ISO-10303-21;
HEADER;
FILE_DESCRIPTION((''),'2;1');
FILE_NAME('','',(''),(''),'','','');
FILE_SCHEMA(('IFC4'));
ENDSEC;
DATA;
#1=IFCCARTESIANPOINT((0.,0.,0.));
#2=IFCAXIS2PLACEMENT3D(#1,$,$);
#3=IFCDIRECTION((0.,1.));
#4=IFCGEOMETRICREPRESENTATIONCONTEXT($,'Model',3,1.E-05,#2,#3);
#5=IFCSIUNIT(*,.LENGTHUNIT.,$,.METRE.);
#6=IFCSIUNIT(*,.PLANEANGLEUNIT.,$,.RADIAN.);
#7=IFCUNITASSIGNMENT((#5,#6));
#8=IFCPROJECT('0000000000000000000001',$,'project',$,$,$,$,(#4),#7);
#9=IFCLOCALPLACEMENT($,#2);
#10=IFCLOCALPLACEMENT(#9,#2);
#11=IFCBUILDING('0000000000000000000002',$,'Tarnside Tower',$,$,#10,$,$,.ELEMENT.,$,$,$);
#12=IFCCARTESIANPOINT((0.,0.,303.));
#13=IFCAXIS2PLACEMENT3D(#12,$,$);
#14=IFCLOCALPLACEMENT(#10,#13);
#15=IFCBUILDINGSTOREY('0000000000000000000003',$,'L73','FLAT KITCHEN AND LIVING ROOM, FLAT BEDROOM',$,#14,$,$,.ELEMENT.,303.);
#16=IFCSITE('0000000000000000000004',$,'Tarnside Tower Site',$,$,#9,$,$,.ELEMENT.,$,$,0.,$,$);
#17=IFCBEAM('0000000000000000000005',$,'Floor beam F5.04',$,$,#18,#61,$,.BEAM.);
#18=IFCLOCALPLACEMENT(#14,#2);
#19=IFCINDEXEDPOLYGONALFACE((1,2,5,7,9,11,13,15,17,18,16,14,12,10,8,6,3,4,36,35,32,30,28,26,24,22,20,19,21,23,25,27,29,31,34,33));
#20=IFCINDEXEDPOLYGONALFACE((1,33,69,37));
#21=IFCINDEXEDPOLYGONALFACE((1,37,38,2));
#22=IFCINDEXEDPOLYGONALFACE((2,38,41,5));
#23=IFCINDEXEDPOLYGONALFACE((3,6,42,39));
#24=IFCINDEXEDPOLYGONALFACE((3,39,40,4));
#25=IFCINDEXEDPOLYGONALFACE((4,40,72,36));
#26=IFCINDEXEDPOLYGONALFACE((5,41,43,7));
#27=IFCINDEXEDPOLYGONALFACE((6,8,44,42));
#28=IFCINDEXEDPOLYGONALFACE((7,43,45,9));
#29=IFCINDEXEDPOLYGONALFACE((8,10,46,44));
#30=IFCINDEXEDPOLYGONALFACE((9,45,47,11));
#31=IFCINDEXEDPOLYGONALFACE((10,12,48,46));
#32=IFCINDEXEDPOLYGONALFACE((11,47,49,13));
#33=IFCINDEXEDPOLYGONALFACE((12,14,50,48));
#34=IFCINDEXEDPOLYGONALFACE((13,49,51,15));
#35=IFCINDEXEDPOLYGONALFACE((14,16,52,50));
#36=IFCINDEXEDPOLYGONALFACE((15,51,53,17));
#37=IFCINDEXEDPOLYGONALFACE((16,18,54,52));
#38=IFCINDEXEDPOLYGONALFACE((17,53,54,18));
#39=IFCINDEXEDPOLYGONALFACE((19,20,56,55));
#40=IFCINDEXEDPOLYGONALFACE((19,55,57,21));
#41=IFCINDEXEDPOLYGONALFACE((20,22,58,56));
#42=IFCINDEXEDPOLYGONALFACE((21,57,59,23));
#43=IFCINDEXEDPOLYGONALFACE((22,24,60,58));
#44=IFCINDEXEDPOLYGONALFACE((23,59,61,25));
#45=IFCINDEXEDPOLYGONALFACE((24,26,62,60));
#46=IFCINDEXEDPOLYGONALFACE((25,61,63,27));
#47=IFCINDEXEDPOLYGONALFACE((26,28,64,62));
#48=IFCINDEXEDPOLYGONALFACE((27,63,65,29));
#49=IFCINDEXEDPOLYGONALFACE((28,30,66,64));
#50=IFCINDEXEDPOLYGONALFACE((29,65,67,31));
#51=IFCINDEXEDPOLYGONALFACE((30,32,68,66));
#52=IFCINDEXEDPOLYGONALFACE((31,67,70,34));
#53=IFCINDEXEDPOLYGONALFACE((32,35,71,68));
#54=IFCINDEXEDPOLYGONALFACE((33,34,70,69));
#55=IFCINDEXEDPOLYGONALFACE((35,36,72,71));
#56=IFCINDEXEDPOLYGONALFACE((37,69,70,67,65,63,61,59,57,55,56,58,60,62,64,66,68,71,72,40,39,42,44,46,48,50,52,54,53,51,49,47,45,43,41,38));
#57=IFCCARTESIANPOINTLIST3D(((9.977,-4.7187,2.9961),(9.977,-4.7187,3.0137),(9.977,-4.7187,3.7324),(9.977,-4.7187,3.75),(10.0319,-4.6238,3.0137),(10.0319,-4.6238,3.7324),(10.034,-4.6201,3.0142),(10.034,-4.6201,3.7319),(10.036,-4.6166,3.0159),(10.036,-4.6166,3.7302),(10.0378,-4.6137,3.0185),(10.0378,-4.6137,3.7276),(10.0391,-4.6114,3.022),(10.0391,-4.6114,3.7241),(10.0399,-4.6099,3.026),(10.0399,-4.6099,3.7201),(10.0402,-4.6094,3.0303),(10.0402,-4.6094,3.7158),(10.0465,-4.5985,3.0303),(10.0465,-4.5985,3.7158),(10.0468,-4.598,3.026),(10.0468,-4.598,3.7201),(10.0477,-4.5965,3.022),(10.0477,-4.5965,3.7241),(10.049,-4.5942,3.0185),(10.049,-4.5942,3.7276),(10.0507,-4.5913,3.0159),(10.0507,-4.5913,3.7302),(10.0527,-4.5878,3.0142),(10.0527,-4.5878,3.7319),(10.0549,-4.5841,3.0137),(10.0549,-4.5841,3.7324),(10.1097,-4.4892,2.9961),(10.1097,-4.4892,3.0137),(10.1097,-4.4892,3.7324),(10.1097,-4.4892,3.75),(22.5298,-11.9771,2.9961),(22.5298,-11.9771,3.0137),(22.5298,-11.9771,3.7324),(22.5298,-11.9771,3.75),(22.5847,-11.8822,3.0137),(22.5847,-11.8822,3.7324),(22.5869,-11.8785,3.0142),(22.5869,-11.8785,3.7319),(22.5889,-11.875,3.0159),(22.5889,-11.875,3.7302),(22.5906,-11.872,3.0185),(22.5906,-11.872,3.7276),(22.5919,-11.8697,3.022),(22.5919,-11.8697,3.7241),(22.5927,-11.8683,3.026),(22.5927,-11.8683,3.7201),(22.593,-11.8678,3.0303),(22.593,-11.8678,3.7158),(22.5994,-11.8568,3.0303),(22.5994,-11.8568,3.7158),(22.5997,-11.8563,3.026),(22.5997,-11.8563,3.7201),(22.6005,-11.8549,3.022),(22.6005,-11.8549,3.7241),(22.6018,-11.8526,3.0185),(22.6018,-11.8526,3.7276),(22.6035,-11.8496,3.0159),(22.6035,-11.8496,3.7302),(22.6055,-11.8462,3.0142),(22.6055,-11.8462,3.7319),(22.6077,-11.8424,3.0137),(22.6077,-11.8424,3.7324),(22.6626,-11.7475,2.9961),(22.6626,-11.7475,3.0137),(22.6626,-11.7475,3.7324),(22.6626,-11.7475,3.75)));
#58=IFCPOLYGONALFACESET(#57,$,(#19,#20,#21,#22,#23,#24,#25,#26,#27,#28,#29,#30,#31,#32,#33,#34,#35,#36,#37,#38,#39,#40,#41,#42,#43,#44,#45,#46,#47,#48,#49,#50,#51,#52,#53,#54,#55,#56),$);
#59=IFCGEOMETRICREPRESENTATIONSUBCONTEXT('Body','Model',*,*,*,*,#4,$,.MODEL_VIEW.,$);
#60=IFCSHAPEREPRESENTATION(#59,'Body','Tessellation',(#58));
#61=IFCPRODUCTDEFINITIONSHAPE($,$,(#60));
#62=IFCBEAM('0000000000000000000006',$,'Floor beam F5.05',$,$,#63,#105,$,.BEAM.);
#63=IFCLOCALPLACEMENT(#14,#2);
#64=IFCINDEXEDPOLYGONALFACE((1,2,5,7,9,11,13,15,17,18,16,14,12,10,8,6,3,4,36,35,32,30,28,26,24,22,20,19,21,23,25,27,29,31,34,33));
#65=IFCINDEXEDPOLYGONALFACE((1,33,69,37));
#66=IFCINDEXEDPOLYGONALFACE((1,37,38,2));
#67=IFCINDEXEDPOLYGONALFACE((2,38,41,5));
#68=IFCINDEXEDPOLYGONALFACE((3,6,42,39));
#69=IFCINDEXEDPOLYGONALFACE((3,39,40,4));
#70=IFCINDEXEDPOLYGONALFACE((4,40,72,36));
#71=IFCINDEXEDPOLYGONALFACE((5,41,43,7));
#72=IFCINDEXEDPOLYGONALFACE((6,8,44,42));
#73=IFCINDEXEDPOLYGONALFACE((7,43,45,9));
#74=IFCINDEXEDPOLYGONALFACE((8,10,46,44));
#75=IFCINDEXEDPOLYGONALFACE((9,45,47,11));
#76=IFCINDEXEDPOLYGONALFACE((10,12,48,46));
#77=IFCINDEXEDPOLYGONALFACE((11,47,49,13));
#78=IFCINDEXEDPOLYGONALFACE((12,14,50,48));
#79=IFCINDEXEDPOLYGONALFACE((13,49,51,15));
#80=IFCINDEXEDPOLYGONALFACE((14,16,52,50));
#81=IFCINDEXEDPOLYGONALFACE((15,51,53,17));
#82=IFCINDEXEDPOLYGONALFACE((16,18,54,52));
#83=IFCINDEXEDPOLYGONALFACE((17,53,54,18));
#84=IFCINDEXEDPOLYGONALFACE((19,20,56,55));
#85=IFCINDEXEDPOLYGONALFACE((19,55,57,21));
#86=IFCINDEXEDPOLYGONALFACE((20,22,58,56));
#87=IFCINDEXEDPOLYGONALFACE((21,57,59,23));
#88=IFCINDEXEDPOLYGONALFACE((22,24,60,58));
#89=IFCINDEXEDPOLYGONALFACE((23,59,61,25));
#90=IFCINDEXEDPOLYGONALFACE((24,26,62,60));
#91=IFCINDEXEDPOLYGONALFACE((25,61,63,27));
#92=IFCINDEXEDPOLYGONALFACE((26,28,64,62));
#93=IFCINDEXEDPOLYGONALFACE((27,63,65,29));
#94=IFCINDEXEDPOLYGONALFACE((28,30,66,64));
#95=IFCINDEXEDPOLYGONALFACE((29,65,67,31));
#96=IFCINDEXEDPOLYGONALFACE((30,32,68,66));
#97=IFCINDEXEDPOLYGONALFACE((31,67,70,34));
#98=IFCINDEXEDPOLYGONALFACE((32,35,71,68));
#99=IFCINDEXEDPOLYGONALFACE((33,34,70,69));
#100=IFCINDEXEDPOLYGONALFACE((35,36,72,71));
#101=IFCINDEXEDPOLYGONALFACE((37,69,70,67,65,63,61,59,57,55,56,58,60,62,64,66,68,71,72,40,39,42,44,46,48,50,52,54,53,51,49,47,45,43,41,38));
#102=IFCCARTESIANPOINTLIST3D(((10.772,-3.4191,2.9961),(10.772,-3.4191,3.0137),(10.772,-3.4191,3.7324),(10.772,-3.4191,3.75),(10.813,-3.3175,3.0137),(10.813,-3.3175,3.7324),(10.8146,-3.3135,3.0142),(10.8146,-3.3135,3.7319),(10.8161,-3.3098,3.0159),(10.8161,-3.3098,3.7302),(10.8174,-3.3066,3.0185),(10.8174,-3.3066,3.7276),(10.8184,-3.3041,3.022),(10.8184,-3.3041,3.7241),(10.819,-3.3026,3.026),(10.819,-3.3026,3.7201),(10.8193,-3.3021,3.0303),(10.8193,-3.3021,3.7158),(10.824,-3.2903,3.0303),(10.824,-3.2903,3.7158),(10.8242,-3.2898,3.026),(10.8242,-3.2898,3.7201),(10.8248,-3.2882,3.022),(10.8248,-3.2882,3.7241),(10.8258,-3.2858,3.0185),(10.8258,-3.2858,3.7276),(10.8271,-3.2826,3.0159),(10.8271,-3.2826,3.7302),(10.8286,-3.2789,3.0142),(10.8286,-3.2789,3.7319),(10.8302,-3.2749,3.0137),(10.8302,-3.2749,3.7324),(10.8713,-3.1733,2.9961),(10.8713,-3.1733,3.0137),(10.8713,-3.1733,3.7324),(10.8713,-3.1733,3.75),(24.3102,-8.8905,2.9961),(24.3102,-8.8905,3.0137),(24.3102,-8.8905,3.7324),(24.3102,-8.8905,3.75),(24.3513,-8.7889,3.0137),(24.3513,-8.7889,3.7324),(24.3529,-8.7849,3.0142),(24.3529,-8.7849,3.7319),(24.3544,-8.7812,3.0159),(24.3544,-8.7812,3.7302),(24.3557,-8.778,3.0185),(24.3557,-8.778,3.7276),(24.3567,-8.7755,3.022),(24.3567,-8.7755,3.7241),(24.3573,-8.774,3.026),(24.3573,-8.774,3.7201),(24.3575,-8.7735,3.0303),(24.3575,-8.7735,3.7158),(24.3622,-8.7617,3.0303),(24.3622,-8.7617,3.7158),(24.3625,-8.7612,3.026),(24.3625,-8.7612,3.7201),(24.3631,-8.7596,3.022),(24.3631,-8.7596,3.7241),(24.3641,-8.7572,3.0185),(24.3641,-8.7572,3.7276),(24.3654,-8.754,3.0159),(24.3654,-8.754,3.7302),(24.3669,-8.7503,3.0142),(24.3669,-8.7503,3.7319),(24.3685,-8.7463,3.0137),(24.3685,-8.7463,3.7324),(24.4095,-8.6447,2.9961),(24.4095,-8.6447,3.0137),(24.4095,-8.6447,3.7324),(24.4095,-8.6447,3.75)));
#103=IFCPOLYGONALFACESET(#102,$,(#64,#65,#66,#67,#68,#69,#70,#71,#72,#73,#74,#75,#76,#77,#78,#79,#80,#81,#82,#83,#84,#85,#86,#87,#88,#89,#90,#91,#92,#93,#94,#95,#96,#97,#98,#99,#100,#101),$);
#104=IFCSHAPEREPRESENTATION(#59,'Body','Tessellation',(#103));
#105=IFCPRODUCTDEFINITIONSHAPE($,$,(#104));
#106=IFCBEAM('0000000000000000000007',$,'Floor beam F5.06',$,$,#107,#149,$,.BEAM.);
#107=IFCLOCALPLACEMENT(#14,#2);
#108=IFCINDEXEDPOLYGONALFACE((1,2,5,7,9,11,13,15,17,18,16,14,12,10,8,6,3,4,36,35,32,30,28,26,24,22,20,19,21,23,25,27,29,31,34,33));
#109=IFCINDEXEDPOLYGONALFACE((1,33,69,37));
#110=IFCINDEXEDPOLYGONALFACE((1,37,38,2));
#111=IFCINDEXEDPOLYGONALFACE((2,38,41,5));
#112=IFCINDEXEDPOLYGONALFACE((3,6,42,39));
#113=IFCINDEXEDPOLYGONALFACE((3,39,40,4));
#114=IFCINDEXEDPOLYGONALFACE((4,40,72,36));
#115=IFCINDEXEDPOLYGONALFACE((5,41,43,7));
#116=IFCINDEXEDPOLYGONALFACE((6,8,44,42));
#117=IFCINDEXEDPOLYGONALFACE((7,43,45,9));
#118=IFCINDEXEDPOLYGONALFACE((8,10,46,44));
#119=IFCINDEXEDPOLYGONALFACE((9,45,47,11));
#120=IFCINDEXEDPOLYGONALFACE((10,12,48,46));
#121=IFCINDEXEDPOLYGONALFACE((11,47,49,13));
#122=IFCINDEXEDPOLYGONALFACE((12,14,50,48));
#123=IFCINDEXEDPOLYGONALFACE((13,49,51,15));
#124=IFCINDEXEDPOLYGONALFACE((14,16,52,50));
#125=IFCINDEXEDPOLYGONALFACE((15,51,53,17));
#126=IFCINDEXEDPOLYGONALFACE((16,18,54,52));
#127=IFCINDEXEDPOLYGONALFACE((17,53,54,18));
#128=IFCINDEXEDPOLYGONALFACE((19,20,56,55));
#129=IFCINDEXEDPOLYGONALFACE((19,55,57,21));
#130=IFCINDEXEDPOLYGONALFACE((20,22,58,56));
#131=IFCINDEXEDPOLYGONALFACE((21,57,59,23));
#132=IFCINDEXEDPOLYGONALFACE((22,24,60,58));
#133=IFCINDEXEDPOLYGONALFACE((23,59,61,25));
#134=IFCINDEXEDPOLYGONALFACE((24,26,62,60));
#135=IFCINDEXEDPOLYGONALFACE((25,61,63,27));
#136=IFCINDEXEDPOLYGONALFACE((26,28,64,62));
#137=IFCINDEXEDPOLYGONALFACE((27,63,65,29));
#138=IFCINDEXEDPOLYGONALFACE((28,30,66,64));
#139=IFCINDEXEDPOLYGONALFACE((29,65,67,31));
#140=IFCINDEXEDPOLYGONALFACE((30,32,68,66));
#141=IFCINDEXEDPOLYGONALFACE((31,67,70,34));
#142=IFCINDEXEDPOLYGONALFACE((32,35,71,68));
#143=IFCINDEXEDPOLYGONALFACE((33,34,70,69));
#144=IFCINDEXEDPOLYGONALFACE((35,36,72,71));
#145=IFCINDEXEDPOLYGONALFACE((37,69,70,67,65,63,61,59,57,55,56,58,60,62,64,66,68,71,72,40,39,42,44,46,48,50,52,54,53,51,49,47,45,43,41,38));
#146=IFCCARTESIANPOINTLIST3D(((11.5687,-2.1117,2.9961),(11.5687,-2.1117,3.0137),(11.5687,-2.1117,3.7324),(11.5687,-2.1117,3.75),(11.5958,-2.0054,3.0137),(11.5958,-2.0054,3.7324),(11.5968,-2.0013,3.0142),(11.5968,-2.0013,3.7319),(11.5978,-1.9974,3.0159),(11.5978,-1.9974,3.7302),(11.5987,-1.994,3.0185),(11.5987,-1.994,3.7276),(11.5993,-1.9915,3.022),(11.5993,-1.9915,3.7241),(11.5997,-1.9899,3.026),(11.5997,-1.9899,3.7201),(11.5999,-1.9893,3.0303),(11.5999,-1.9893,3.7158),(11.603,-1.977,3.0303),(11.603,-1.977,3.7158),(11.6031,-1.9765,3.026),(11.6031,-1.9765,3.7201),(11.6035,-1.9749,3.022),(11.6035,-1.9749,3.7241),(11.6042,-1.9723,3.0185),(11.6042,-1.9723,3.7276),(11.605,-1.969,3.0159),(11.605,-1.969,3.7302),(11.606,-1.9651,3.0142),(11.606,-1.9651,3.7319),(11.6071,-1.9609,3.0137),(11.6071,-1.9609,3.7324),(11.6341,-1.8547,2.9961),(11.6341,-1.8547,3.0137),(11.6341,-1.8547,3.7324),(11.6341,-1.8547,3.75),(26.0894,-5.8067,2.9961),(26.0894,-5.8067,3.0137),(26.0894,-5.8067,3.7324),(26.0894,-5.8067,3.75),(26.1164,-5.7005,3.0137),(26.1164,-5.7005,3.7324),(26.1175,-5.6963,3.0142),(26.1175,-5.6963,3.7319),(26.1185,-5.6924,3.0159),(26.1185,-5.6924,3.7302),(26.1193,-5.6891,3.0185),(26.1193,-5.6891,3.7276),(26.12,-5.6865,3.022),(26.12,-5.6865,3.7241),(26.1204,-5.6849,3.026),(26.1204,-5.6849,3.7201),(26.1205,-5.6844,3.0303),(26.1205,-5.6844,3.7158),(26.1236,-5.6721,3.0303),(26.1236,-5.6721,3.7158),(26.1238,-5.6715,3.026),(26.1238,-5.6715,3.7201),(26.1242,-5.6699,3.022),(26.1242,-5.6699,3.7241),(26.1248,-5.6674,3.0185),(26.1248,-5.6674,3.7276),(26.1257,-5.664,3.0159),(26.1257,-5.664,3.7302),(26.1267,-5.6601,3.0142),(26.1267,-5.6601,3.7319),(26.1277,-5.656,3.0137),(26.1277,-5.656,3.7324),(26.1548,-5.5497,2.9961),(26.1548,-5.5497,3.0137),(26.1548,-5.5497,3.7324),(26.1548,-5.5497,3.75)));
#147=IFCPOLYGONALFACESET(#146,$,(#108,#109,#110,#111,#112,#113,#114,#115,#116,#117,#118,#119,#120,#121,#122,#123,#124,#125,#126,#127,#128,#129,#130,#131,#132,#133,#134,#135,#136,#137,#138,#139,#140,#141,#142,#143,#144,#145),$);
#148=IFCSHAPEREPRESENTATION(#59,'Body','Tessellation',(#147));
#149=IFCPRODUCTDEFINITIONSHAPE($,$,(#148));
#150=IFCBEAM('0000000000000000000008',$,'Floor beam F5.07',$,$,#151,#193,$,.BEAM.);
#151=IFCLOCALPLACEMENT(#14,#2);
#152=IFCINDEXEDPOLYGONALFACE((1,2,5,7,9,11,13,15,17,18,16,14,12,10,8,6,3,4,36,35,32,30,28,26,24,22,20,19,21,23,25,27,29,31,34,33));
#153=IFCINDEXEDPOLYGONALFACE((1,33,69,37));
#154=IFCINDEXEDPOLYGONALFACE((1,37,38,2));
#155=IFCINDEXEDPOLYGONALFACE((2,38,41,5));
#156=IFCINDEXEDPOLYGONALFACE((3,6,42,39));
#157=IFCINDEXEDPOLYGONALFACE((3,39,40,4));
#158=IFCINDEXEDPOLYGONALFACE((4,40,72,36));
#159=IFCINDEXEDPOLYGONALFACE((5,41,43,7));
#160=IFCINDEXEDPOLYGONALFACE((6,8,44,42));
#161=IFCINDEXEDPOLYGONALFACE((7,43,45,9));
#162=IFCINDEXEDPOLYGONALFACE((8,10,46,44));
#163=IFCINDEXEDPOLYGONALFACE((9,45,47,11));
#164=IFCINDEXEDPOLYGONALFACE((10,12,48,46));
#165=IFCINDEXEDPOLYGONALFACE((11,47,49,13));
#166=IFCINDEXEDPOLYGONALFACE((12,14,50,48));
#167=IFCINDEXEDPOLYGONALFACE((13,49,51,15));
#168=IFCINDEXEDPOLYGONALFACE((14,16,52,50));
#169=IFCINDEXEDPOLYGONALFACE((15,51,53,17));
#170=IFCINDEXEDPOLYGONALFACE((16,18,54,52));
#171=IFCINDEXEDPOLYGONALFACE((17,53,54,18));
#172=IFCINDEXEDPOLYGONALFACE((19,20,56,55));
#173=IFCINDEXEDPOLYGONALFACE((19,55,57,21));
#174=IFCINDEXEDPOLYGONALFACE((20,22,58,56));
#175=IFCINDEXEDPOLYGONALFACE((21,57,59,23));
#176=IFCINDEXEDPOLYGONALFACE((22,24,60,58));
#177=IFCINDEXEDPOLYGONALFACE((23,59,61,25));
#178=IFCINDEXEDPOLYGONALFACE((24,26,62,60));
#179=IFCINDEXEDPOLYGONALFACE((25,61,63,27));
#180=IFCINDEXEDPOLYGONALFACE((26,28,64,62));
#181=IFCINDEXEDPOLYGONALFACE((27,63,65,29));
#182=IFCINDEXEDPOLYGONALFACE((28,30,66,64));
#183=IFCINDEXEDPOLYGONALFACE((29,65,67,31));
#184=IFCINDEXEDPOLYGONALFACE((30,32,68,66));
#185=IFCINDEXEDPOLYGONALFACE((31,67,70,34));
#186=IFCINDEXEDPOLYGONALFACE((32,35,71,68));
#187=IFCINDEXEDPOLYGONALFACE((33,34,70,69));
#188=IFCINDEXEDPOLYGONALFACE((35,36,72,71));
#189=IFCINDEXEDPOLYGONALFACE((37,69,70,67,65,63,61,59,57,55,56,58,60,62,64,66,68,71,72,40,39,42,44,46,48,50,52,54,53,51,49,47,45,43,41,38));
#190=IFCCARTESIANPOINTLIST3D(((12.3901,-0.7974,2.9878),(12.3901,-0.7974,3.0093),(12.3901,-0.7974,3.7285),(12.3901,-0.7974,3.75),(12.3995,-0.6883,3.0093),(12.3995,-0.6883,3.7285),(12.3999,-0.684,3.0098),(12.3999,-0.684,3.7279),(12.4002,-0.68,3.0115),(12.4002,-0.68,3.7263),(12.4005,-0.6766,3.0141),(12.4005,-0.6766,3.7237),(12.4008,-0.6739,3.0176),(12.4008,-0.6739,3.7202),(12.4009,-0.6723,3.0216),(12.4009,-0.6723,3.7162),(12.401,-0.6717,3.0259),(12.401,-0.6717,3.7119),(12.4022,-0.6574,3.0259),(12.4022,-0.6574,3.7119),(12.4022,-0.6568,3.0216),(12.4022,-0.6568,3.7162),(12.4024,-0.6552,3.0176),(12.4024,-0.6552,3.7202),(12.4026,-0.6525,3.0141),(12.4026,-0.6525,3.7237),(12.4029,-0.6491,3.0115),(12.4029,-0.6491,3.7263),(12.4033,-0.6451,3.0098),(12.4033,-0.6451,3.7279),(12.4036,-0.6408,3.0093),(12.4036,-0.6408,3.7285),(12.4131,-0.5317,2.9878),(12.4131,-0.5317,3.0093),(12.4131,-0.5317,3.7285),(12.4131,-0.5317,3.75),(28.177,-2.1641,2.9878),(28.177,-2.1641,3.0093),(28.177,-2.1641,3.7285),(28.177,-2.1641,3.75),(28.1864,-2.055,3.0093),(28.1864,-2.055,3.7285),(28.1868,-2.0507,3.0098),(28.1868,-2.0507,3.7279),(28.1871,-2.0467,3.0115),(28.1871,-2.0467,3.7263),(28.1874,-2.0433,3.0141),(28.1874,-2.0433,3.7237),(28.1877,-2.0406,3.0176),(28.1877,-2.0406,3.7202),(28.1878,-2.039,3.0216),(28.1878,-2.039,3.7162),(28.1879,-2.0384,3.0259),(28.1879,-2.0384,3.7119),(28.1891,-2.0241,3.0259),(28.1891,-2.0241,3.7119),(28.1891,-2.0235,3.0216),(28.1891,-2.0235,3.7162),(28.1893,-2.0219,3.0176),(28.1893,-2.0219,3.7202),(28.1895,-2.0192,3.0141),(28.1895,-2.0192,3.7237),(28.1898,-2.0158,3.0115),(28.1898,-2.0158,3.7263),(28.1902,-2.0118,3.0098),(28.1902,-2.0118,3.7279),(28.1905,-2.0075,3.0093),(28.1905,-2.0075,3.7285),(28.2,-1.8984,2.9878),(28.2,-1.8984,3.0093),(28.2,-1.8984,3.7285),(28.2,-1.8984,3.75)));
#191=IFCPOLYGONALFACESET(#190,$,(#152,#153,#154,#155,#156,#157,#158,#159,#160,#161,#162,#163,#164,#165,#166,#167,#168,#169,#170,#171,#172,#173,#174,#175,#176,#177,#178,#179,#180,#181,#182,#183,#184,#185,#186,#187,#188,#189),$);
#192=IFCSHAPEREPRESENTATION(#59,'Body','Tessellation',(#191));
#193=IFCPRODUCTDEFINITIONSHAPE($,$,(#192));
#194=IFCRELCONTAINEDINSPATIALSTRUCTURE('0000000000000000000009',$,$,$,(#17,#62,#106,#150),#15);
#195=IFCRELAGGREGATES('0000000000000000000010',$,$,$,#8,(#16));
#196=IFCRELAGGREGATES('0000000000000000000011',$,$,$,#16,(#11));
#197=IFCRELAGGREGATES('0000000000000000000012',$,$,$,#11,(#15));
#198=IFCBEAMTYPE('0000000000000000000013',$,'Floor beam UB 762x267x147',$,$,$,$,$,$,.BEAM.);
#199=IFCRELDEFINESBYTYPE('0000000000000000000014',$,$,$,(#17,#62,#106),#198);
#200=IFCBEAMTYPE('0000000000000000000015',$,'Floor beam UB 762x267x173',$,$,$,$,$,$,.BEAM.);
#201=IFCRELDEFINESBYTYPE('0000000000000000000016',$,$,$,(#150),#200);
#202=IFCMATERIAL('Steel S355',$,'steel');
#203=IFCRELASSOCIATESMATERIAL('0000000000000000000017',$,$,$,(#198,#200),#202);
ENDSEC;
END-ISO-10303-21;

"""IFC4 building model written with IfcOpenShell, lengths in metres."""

from ifc_helpers import new_model, si_unit, direction, frame, origin, origin_2d, place, context, subcontext, project, spatial, i_section, extrude, material, material_profile, profile_set, type_object, element, save


model = new_model("IFC4")

# Units and contexts
model_context = context("Model", 3, precision=1e-05, world=origin(), true_north=direction((0.0, 1.0)))
body_context = subcontext(model_context, "Body", "Model", "MODEL_VIEW")
ifc_project = project(units=[si_unit("LENGTHUNIT", "METRE"), si_unit("PLANEANGLEUNIT", "RADIAN")], contexts=[model_context])

# Site, building, storey
site_placement = place(None, origin())
site = spatial("IfcSite", under=ifc_project, at=site_placement, Name="Tarnside Tower Site", CompositionType="ELEMENT", RefElevation=0.0)
building_placement = place(site_placement, origin())
building = spatial("IfcBuilding", under=site, at=building_placement, Name="Tarnside Tower", CompositionType="ELEMENT")
storey_placement = place(building_placement, frame((0.0, 0.0, 303.0)))
storey = spatial("IfcBuildingStorey", under=building, at=storey_placement, Name="L73", Description="FLAT KITCHEN AND LIVING ROOM, FLAT BEDROOM", CompositionType="ELEMENT", Elevation=303.0)

# Beams
ifc_material_1 = material(Name="Steel S355", Category="steel")
ifc_material_profile_1 = material_profile(ifc_material_1, i_section(OverallWidth=0.2651, OverallDepth=0.7539, WebThickness=0.0127, FlangeThickness=0.0176, FilletRadius=0.0166, at=origin_2d()), Name="UB 762x267x147")
ifc_profile_set_1 = profile_set([ifc_material_profile_1], Name="Steel S355")
beam_type_1 = type_object("IfcBeamType", Name="Floor beam UB 762x267x147", PredefinedType="BEAM", material=ifc_profile_set_1)
beam_1_placement = place(storey_placement, frame((22.5962, -11.8623, 3.373), z_axis=(-0.865697, 0.500568, 0.0), x_axis=(-0.500568, -0.865697, 0.0)))
element("IfcBeam", 1, at=beam_1_placement, inside=storey, type_object=beam_type_1, Name="Floor beam F5.04", PredefinedType="BEAM", context=body_context, shape_type="SweptSolid", body=[
    extrude(i_section(OverallWidth=0.2651, OverallDepth=0.7539, WebThickness=0.0127, FlangeThickness=0.0176, FilletRadius=0.0166, at=origin_2d()), origin(), (0.0, 0.0, 1.0), 14.5002),
])
beam_2_placement = place(storey_placement, frame((24.3599, -8.7676, 3.373), z_axis=(-0.927146, 0.374701, 0.0), x_axis=(-0.374701, -0.927146, 0.0)))
element("IfcBeam", 2, at=beam_2_placement, inside=storey, type_object=beam_type_1, Name="Floor beam F5.05", PredefinedType="BEAM", context=body_context, shape_type="SweptSolid", body=[
    extrude(i_section(OverallWidth=0.2651, OverallDepth=0.7539, WebThickness=0.0127, FlangeThickness=0.0176, FilletRadius=0.0166, at=origin_2d()), origin(), (0.0, 0.0, 1.0), 14.6021),
])
beam_3_placement = place(storey_placement, frame((26.1221, -5.6782, 3.373), z_axis=(-0.969115, 0.246609, 0.0), x_axis=(-0.246609, -0.969115, 0.0)))
element("IfcBeam", 3, at=beam_3_placement, inside=storey, type_object=beam_type_1, Name="Floor beam F5.06", PredefinedType="BEAM", context=body_context, shape_type="SweptSolid", body=[
    extrude(i_section(OverallWidth=0.2651, OverallDepth=0.7539, WebThickness=0.0127, FlangeThickness=0.0176, FilletRadius=0.0166, at=origin_2d()), origin(), (0.0, 0.0, 1.0), 14.9834),
])
ifc_material_profile_2 = material_profile(ifc_material_1, i_section(OverallWidth=0.2666, OverallDepth=0.7622, WebThickness=0.0144, FlangeThickness=0.0215, FilletRadius=0.0166, at=origin_2d()), Name="UB 762x267x173")
ifc_profile_set_2 = profile_set([ifc_material_profile_2], Name="Steel S355")
beam_type_2 = type_object("IfcBeamType", Name="Floor beam UB 762x267x173", PredefinedType="BEAM", material=ifc_profile_set_2)
beam_4_placement = place(storey_placement, frame((28.1885, -2.0312, 3.3689), z_axis=(-0.996274, 0.086249, 0.0), x_axis=(-0.086249, -0.996274, 0.0)))
element("IfcBeam", 4, at=beam_4_placement, inside=storey, type_object=beam_type_2, Name="Floor beam F5.07", PredefinedType="BEAM", context=body_context, shape_type="SweptSolid", body=[
    extrude(i_section(OverallWidth=0.2666, OverallDepth=0.7622, WebThickness=0.0144, FlangeThickness=0.0215, FilletRadius=0.0166, at=origin_2d()), origin(), (0.0, 0.0, 1.0), 15.8459),
])

save(model, "model.ifc")
